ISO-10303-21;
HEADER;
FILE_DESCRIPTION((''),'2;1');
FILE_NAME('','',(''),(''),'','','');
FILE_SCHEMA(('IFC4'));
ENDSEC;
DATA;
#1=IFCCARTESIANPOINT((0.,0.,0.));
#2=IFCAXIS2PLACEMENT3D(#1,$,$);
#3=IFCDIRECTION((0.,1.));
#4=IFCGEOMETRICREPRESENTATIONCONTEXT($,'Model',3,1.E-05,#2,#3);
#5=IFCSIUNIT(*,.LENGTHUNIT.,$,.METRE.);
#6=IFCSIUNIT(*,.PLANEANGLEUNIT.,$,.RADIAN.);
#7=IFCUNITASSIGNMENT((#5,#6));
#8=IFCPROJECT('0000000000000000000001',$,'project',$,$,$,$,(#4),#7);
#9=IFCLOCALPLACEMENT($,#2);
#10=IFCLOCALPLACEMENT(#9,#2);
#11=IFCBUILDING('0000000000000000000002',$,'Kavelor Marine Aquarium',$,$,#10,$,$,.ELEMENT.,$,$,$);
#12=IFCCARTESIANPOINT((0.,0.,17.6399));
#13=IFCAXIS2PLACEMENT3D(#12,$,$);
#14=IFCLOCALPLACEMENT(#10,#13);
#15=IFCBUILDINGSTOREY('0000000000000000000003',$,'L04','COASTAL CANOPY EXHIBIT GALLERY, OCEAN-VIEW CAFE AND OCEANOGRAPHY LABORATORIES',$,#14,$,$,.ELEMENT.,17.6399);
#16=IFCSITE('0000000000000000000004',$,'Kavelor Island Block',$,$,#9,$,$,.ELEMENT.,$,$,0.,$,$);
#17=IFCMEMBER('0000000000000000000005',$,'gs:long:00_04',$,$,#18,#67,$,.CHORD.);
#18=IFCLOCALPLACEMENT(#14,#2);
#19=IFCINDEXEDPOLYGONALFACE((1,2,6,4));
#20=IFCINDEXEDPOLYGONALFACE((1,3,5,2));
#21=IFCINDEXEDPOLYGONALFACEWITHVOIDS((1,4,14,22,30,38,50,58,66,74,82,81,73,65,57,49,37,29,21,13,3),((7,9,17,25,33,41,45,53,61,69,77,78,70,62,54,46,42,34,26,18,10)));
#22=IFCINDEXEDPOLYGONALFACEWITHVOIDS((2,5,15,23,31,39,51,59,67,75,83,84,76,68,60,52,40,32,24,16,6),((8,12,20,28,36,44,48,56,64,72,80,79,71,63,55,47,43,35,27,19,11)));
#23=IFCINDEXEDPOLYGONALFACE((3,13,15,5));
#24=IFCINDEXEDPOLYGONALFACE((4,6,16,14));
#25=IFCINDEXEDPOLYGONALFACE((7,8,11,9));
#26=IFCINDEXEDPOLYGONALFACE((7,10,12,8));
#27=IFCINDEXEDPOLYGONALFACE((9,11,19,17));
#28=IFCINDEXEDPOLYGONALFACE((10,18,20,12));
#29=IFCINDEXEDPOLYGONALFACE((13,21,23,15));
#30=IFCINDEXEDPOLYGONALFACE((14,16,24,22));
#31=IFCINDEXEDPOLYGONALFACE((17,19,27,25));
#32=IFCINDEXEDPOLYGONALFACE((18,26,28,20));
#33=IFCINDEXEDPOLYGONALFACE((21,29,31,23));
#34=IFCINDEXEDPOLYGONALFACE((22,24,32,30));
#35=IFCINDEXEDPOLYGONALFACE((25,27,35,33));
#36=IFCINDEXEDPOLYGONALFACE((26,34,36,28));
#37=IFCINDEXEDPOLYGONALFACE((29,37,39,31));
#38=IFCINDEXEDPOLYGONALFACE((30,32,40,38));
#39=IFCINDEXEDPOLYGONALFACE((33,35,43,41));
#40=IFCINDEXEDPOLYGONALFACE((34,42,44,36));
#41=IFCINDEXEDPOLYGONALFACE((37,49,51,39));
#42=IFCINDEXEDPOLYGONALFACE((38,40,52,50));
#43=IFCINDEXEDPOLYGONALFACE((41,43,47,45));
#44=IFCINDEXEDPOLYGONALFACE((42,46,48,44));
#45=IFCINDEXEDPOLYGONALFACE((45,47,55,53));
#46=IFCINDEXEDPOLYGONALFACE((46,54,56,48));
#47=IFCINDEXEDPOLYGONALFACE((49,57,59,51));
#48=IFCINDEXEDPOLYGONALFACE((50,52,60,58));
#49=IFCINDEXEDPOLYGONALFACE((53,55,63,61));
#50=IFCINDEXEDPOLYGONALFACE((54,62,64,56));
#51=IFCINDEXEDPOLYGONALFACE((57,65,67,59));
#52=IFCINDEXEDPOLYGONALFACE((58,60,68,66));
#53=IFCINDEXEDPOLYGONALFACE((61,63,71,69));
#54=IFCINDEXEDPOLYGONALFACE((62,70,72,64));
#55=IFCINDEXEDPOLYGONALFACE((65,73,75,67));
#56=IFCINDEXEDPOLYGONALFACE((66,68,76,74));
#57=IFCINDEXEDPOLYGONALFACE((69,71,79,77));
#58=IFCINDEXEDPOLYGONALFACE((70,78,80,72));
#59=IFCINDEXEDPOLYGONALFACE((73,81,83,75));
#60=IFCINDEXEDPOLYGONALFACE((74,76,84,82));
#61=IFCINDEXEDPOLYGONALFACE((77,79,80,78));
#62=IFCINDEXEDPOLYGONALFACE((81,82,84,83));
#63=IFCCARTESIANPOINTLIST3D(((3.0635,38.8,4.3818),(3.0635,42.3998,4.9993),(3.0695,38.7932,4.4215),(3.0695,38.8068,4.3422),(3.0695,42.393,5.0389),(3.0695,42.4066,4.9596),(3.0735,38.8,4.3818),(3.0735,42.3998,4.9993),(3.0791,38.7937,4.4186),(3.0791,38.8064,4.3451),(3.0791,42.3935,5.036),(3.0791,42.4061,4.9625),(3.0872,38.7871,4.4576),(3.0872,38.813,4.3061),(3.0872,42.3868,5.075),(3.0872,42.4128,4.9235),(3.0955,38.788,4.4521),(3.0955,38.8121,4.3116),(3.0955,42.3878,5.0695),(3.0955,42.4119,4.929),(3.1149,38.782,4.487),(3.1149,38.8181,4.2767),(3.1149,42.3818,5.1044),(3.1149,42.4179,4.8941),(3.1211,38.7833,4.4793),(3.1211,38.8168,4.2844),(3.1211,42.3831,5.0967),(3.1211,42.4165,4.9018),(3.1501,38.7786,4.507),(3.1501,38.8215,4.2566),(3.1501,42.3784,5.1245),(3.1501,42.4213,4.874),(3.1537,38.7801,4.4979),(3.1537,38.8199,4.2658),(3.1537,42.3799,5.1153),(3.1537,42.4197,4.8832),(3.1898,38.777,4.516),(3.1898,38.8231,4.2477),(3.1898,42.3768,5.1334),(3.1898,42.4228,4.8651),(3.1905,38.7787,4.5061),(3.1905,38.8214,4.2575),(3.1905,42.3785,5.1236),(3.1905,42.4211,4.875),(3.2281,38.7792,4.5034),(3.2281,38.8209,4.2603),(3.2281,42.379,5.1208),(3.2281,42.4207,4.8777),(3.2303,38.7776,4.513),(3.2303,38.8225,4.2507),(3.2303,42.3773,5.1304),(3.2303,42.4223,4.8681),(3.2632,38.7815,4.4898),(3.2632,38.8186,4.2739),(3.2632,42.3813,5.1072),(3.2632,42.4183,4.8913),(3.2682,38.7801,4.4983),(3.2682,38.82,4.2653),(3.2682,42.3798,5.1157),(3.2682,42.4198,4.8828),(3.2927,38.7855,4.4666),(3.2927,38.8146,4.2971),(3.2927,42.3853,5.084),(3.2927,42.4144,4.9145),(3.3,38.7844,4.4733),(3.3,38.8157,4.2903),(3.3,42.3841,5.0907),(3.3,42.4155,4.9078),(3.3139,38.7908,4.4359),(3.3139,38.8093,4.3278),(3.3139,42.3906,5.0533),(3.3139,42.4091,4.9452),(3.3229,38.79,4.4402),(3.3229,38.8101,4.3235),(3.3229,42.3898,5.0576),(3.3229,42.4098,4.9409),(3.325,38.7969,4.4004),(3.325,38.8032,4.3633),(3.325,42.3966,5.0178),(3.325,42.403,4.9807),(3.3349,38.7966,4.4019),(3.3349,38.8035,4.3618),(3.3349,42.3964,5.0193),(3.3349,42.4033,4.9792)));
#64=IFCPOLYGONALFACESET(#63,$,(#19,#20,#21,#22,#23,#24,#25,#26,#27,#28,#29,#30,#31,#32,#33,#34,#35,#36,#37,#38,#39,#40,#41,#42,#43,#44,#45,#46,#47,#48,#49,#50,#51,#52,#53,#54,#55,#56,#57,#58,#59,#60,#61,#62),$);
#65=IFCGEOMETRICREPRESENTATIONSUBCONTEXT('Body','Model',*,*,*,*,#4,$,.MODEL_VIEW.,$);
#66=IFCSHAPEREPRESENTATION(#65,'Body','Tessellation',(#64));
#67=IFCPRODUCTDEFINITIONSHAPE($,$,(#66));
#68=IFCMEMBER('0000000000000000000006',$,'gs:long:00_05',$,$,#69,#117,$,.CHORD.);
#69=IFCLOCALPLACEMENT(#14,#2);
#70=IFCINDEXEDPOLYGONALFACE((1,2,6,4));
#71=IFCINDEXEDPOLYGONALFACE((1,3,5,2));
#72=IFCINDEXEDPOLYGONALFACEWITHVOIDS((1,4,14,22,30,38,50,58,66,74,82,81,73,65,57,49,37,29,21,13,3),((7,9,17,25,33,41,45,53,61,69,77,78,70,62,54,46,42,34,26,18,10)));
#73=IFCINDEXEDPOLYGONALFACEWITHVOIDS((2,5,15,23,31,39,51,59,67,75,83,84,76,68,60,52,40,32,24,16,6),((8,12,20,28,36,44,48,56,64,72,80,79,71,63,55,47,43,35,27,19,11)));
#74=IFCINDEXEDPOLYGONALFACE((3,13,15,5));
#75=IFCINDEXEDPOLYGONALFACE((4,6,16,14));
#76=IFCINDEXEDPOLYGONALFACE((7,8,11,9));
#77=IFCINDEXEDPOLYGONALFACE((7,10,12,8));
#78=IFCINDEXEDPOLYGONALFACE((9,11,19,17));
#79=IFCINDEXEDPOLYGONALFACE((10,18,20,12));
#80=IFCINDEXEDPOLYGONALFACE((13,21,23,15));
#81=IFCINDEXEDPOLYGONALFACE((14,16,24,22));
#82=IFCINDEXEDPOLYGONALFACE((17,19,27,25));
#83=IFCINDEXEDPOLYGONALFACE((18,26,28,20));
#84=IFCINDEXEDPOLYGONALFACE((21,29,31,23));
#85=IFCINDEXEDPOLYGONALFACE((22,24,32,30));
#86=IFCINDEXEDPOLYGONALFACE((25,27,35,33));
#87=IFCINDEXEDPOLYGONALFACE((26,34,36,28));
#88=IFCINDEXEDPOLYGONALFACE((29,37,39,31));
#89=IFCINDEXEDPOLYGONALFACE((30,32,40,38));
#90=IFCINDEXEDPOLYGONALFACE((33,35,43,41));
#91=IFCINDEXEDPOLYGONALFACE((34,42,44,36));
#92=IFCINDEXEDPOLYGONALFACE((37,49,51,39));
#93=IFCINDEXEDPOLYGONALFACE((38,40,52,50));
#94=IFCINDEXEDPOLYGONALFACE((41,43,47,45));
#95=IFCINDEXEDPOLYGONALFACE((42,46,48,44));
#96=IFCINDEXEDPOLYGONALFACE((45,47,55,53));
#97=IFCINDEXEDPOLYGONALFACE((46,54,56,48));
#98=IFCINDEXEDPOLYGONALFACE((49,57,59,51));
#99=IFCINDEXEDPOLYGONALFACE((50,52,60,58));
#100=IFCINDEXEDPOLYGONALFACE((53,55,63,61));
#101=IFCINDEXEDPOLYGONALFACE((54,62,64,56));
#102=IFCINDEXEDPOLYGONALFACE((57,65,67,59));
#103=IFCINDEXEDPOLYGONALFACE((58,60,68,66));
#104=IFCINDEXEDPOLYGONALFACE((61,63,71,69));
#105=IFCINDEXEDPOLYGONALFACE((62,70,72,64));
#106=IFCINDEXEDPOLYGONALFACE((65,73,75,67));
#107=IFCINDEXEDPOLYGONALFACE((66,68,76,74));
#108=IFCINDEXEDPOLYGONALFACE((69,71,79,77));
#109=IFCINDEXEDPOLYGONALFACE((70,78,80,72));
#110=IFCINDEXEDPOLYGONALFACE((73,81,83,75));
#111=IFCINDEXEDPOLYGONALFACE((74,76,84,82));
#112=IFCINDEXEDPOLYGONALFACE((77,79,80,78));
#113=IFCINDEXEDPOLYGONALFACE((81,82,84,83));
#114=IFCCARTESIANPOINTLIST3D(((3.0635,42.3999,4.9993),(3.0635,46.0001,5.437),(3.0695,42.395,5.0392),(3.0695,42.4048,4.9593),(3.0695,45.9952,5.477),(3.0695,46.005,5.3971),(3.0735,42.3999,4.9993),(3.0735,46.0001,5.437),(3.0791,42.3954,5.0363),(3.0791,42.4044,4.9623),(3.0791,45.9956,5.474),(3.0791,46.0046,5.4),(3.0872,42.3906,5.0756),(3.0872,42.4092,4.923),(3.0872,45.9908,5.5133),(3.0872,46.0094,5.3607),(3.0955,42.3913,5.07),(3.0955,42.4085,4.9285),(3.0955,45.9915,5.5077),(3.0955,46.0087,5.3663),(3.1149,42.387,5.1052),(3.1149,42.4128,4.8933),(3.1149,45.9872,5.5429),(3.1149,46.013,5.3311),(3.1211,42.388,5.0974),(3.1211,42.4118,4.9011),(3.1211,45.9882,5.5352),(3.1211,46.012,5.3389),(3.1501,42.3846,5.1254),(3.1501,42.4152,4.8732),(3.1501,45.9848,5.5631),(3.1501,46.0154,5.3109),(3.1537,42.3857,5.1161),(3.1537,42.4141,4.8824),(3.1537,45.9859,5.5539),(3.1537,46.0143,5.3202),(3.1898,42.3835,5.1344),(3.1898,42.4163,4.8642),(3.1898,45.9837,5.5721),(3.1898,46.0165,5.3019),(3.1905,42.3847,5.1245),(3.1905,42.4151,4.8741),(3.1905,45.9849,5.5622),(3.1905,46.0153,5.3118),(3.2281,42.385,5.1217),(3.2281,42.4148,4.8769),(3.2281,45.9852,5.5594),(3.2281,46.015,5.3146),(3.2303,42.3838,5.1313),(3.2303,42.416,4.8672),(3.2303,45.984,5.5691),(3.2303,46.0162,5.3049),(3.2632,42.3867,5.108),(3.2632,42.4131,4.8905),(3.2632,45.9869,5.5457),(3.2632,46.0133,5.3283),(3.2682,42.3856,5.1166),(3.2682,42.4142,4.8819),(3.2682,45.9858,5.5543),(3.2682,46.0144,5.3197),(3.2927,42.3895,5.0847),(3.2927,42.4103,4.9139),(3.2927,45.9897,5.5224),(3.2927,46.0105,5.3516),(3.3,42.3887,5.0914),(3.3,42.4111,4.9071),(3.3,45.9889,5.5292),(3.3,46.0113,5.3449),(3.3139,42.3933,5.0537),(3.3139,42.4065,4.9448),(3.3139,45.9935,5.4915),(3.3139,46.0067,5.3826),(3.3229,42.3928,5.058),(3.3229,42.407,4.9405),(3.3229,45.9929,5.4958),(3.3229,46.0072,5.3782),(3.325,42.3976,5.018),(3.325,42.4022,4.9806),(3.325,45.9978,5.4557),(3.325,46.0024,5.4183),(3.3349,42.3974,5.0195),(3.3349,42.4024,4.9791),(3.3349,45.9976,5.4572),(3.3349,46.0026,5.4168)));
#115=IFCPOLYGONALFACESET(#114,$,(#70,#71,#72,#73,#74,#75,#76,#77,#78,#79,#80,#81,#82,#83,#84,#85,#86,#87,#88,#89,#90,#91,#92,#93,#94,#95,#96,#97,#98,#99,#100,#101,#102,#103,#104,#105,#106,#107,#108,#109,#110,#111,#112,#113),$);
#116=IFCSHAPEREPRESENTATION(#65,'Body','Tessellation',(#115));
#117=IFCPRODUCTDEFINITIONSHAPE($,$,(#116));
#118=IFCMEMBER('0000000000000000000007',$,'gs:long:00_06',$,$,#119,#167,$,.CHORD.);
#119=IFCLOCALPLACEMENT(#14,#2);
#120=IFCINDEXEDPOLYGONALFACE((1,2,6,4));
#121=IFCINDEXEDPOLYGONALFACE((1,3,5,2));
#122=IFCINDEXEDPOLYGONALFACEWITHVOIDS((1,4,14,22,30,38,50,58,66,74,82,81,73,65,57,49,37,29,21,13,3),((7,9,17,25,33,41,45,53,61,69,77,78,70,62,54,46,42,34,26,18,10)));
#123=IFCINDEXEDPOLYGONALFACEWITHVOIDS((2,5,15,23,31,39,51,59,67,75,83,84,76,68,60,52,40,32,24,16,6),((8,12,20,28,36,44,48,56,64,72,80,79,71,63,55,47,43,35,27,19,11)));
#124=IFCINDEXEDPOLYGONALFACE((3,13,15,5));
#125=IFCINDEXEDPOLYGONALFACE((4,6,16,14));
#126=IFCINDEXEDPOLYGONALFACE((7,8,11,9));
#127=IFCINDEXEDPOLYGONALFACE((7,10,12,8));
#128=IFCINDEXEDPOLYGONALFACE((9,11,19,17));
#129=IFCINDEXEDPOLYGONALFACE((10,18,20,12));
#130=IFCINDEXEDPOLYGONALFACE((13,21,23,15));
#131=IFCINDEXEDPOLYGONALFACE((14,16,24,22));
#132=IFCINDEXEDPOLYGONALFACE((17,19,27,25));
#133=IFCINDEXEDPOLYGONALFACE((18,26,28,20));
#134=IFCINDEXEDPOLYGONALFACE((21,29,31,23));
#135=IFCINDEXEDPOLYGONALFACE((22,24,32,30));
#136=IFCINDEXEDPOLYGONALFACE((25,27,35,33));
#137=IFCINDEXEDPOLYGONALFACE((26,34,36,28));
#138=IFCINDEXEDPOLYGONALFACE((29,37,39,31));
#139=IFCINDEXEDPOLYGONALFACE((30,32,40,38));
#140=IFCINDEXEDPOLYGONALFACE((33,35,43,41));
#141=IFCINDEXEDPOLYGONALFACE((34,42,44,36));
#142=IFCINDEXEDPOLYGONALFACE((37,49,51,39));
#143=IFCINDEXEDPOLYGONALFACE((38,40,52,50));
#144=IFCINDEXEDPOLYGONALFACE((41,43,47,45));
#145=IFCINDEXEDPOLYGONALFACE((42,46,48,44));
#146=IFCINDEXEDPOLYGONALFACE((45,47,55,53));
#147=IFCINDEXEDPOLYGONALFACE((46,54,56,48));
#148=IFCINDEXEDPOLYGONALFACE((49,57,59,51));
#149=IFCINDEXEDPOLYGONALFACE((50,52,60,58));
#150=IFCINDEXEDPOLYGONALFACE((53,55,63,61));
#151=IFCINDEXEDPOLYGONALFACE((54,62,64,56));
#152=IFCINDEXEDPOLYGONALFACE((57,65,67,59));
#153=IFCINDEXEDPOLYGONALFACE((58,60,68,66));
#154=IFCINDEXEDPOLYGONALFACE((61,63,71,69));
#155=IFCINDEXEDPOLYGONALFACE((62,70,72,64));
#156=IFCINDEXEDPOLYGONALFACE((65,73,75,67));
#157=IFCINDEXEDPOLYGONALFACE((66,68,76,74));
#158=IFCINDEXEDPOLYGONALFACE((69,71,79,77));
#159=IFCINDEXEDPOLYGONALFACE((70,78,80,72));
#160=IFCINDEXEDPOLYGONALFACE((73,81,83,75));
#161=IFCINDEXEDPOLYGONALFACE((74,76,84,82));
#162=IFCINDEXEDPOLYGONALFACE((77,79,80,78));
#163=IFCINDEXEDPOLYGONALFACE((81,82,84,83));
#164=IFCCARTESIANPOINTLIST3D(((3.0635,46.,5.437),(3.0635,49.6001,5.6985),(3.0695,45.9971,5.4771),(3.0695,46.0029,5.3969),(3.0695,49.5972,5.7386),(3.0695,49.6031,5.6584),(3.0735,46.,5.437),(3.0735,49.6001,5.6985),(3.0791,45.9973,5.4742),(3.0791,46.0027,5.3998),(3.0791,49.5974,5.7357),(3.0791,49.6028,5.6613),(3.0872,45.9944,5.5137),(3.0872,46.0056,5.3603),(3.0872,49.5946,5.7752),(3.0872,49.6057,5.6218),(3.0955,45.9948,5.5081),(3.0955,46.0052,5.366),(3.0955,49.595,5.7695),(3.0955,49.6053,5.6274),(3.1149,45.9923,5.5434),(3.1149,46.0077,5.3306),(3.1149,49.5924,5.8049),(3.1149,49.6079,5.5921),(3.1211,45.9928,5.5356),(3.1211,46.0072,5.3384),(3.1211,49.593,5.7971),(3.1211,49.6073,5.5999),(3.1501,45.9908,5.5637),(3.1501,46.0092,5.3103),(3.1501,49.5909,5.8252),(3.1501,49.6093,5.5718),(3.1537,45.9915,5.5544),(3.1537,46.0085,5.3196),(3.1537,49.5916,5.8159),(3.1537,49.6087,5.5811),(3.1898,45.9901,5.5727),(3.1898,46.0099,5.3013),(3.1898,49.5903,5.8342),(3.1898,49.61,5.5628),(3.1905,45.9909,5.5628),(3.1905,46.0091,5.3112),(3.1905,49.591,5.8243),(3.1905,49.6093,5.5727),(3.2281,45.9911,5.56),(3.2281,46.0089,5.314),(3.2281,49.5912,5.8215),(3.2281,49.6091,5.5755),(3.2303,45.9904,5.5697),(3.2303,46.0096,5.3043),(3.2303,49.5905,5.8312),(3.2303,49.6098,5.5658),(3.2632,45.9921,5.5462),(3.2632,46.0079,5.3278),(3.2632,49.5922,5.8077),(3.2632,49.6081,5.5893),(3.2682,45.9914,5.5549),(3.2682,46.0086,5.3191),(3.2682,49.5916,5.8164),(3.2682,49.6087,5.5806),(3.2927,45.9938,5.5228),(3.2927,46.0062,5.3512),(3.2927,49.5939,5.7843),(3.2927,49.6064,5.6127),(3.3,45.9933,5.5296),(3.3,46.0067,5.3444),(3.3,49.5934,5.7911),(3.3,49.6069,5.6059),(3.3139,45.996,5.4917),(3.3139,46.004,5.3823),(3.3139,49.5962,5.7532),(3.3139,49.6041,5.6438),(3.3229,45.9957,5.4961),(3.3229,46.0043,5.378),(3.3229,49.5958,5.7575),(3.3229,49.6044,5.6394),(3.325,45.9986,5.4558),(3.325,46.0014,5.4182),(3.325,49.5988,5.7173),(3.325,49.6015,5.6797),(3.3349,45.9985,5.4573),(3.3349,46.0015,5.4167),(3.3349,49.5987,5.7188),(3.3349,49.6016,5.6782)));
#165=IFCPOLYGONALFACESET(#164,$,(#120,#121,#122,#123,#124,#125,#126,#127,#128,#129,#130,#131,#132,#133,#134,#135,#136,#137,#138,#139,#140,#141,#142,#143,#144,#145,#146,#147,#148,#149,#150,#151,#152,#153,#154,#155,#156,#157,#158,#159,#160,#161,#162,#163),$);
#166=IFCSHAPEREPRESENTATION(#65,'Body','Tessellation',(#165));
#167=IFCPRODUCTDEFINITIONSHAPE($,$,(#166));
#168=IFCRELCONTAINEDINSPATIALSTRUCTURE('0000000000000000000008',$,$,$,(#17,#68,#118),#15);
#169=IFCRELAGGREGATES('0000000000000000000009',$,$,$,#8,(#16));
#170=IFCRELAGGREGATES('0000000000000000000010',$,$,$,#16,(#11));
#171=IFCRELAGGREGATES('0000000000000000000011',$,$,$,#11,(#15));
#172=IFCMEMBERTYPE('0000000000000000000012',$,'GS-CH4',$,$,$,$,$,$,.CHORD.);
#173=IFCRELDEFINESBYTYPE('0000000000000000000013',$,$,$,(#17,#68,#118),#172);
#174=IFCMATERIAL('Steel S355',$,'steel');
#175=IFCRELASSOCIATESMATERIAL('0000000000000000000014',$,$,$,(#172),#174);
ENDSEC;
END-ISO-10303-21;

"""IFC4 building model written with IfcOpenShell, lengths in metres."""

from ifc_helpers import new_model, si_unit, direction, frame, origin, origin_2d, place, context, subcontext, project, spatial, hollow_circle, extrude, material, material_profile, profile_set, type_object, element, save


model = new_model("IFC4")

# Units and contexts
model_context = context("Model", 3, precision=1e-05, world=origin(), true_north=direction((0.0, 1.0)))
body_context = subcontext(model_context, "Body", "Model", "MODEL_VIEW")
ifc_project = project(units=[si_unit("LENGTHUNIT", "METRE"), si_unit("PLANEANGLEUNIT", "RADIAN")], contexts=[model_context])

# Site, building, storey
site_placement = place(None, origin())
site = spatial("IfcSite", under=ifc_project, at=site_placement, Name="Kavelor Island Block", CompositionType="ELEMENT", RefElevation=0.0)
building_placement = place(site_placement, origin())
building = spatial("IfcBuilding", under=site, at=building_placement, Name="Kavelor Marine Aquarium", CompositionType="ELEMENT")
storey_placement = place(building_placement, frame((0.0, 0.0, 17.6399)))
storey = spatial("IfcBuildingStorey", under=building, at=storey_placement, Name="L04", Description="COASTAL CANOPY EXHIBIT GALLERY, OCEAN-VIEW CAFE AND OCEANOGRAPHY LABORATORIES", CompositionType="ELEMENT", Elevation=17.6399)

# Members
ifc_material_1 = material(Name="Steel S355", Category="steel")
ifc_material_profile_1 = material_profile(ifc_material_1, hollow_circle(Radius=0.1365, WallThickness=0.01, at=origin_2d()), Name="CHS 273.0x10.0")
ifc_profile_set_1 = profile_set([ifc_material_profile_1], Name="Steel S355")
member_type_1 = type_object("IfcMemberType", Name="GS-CH4", PredefinedType="CHORD", material=ifc_profile_set_1)
member_1_placement = place(storey_placement, frame((3.2, 38.8, 4.3818), z_axis=(0.0, 0.985608, 0.169047), x_axis=(-1.0, 0.0, 0.0)))
element("IfcMember", 1, at=member_1_placement, inside=storey, type_object=member_type_1, Name="gs:long:00_04", PredefinedType="CHORD", context=body_context, shape_type="SweptSolid", body=[
    extrude(hollow_circle(Radius=0.1365, WallThickness=0.01, at=origin_2d()), origin(), (0.0, 0.0, 1.0), 3.6523),
])
member_2_placement = place(storey_placement, frame((3.2, 42.3999, 4.9993), z_axis=(0.0, 0.992689, 0.120703), x_axis=(-1.0, 0.0, 0.0)))
element("IfcMember", 2, at=member_2_placement, inside=storey, type_object=member_type_1, Name="gs:long:00_05", PredefinedType="CHORD", context=body_context, shape_type="SweptSolid", body=[
    extrude(hollow_circle(Radius=0.1365, WallThickness=0.01, at=origin_2d()), origin(), (0.0, 0.0, 1.0), 3.6267),
])
member_3_placement = place(storey_placement, frame((3.2, 46.0, 5.437), z_axis=(0.0, 0.997373, 0.072439), x_axis=(-1.0, 0.0, 0.0)))
element("IfcMember", 3, at=member_3_placement, inside=storey, type_object=member_type_1, Name="gs:long:00_06", PredefinedType="CHORD", context=body_context, shape_type="SweptSolid", body=[
    extrude(hollow_circle(Radius=0.1365, WallThickness=0.01, at=origin_2d()), origin(), (0.0, 0.0, 1.0), 3.6096),
])

save(model, "model.ifc")
